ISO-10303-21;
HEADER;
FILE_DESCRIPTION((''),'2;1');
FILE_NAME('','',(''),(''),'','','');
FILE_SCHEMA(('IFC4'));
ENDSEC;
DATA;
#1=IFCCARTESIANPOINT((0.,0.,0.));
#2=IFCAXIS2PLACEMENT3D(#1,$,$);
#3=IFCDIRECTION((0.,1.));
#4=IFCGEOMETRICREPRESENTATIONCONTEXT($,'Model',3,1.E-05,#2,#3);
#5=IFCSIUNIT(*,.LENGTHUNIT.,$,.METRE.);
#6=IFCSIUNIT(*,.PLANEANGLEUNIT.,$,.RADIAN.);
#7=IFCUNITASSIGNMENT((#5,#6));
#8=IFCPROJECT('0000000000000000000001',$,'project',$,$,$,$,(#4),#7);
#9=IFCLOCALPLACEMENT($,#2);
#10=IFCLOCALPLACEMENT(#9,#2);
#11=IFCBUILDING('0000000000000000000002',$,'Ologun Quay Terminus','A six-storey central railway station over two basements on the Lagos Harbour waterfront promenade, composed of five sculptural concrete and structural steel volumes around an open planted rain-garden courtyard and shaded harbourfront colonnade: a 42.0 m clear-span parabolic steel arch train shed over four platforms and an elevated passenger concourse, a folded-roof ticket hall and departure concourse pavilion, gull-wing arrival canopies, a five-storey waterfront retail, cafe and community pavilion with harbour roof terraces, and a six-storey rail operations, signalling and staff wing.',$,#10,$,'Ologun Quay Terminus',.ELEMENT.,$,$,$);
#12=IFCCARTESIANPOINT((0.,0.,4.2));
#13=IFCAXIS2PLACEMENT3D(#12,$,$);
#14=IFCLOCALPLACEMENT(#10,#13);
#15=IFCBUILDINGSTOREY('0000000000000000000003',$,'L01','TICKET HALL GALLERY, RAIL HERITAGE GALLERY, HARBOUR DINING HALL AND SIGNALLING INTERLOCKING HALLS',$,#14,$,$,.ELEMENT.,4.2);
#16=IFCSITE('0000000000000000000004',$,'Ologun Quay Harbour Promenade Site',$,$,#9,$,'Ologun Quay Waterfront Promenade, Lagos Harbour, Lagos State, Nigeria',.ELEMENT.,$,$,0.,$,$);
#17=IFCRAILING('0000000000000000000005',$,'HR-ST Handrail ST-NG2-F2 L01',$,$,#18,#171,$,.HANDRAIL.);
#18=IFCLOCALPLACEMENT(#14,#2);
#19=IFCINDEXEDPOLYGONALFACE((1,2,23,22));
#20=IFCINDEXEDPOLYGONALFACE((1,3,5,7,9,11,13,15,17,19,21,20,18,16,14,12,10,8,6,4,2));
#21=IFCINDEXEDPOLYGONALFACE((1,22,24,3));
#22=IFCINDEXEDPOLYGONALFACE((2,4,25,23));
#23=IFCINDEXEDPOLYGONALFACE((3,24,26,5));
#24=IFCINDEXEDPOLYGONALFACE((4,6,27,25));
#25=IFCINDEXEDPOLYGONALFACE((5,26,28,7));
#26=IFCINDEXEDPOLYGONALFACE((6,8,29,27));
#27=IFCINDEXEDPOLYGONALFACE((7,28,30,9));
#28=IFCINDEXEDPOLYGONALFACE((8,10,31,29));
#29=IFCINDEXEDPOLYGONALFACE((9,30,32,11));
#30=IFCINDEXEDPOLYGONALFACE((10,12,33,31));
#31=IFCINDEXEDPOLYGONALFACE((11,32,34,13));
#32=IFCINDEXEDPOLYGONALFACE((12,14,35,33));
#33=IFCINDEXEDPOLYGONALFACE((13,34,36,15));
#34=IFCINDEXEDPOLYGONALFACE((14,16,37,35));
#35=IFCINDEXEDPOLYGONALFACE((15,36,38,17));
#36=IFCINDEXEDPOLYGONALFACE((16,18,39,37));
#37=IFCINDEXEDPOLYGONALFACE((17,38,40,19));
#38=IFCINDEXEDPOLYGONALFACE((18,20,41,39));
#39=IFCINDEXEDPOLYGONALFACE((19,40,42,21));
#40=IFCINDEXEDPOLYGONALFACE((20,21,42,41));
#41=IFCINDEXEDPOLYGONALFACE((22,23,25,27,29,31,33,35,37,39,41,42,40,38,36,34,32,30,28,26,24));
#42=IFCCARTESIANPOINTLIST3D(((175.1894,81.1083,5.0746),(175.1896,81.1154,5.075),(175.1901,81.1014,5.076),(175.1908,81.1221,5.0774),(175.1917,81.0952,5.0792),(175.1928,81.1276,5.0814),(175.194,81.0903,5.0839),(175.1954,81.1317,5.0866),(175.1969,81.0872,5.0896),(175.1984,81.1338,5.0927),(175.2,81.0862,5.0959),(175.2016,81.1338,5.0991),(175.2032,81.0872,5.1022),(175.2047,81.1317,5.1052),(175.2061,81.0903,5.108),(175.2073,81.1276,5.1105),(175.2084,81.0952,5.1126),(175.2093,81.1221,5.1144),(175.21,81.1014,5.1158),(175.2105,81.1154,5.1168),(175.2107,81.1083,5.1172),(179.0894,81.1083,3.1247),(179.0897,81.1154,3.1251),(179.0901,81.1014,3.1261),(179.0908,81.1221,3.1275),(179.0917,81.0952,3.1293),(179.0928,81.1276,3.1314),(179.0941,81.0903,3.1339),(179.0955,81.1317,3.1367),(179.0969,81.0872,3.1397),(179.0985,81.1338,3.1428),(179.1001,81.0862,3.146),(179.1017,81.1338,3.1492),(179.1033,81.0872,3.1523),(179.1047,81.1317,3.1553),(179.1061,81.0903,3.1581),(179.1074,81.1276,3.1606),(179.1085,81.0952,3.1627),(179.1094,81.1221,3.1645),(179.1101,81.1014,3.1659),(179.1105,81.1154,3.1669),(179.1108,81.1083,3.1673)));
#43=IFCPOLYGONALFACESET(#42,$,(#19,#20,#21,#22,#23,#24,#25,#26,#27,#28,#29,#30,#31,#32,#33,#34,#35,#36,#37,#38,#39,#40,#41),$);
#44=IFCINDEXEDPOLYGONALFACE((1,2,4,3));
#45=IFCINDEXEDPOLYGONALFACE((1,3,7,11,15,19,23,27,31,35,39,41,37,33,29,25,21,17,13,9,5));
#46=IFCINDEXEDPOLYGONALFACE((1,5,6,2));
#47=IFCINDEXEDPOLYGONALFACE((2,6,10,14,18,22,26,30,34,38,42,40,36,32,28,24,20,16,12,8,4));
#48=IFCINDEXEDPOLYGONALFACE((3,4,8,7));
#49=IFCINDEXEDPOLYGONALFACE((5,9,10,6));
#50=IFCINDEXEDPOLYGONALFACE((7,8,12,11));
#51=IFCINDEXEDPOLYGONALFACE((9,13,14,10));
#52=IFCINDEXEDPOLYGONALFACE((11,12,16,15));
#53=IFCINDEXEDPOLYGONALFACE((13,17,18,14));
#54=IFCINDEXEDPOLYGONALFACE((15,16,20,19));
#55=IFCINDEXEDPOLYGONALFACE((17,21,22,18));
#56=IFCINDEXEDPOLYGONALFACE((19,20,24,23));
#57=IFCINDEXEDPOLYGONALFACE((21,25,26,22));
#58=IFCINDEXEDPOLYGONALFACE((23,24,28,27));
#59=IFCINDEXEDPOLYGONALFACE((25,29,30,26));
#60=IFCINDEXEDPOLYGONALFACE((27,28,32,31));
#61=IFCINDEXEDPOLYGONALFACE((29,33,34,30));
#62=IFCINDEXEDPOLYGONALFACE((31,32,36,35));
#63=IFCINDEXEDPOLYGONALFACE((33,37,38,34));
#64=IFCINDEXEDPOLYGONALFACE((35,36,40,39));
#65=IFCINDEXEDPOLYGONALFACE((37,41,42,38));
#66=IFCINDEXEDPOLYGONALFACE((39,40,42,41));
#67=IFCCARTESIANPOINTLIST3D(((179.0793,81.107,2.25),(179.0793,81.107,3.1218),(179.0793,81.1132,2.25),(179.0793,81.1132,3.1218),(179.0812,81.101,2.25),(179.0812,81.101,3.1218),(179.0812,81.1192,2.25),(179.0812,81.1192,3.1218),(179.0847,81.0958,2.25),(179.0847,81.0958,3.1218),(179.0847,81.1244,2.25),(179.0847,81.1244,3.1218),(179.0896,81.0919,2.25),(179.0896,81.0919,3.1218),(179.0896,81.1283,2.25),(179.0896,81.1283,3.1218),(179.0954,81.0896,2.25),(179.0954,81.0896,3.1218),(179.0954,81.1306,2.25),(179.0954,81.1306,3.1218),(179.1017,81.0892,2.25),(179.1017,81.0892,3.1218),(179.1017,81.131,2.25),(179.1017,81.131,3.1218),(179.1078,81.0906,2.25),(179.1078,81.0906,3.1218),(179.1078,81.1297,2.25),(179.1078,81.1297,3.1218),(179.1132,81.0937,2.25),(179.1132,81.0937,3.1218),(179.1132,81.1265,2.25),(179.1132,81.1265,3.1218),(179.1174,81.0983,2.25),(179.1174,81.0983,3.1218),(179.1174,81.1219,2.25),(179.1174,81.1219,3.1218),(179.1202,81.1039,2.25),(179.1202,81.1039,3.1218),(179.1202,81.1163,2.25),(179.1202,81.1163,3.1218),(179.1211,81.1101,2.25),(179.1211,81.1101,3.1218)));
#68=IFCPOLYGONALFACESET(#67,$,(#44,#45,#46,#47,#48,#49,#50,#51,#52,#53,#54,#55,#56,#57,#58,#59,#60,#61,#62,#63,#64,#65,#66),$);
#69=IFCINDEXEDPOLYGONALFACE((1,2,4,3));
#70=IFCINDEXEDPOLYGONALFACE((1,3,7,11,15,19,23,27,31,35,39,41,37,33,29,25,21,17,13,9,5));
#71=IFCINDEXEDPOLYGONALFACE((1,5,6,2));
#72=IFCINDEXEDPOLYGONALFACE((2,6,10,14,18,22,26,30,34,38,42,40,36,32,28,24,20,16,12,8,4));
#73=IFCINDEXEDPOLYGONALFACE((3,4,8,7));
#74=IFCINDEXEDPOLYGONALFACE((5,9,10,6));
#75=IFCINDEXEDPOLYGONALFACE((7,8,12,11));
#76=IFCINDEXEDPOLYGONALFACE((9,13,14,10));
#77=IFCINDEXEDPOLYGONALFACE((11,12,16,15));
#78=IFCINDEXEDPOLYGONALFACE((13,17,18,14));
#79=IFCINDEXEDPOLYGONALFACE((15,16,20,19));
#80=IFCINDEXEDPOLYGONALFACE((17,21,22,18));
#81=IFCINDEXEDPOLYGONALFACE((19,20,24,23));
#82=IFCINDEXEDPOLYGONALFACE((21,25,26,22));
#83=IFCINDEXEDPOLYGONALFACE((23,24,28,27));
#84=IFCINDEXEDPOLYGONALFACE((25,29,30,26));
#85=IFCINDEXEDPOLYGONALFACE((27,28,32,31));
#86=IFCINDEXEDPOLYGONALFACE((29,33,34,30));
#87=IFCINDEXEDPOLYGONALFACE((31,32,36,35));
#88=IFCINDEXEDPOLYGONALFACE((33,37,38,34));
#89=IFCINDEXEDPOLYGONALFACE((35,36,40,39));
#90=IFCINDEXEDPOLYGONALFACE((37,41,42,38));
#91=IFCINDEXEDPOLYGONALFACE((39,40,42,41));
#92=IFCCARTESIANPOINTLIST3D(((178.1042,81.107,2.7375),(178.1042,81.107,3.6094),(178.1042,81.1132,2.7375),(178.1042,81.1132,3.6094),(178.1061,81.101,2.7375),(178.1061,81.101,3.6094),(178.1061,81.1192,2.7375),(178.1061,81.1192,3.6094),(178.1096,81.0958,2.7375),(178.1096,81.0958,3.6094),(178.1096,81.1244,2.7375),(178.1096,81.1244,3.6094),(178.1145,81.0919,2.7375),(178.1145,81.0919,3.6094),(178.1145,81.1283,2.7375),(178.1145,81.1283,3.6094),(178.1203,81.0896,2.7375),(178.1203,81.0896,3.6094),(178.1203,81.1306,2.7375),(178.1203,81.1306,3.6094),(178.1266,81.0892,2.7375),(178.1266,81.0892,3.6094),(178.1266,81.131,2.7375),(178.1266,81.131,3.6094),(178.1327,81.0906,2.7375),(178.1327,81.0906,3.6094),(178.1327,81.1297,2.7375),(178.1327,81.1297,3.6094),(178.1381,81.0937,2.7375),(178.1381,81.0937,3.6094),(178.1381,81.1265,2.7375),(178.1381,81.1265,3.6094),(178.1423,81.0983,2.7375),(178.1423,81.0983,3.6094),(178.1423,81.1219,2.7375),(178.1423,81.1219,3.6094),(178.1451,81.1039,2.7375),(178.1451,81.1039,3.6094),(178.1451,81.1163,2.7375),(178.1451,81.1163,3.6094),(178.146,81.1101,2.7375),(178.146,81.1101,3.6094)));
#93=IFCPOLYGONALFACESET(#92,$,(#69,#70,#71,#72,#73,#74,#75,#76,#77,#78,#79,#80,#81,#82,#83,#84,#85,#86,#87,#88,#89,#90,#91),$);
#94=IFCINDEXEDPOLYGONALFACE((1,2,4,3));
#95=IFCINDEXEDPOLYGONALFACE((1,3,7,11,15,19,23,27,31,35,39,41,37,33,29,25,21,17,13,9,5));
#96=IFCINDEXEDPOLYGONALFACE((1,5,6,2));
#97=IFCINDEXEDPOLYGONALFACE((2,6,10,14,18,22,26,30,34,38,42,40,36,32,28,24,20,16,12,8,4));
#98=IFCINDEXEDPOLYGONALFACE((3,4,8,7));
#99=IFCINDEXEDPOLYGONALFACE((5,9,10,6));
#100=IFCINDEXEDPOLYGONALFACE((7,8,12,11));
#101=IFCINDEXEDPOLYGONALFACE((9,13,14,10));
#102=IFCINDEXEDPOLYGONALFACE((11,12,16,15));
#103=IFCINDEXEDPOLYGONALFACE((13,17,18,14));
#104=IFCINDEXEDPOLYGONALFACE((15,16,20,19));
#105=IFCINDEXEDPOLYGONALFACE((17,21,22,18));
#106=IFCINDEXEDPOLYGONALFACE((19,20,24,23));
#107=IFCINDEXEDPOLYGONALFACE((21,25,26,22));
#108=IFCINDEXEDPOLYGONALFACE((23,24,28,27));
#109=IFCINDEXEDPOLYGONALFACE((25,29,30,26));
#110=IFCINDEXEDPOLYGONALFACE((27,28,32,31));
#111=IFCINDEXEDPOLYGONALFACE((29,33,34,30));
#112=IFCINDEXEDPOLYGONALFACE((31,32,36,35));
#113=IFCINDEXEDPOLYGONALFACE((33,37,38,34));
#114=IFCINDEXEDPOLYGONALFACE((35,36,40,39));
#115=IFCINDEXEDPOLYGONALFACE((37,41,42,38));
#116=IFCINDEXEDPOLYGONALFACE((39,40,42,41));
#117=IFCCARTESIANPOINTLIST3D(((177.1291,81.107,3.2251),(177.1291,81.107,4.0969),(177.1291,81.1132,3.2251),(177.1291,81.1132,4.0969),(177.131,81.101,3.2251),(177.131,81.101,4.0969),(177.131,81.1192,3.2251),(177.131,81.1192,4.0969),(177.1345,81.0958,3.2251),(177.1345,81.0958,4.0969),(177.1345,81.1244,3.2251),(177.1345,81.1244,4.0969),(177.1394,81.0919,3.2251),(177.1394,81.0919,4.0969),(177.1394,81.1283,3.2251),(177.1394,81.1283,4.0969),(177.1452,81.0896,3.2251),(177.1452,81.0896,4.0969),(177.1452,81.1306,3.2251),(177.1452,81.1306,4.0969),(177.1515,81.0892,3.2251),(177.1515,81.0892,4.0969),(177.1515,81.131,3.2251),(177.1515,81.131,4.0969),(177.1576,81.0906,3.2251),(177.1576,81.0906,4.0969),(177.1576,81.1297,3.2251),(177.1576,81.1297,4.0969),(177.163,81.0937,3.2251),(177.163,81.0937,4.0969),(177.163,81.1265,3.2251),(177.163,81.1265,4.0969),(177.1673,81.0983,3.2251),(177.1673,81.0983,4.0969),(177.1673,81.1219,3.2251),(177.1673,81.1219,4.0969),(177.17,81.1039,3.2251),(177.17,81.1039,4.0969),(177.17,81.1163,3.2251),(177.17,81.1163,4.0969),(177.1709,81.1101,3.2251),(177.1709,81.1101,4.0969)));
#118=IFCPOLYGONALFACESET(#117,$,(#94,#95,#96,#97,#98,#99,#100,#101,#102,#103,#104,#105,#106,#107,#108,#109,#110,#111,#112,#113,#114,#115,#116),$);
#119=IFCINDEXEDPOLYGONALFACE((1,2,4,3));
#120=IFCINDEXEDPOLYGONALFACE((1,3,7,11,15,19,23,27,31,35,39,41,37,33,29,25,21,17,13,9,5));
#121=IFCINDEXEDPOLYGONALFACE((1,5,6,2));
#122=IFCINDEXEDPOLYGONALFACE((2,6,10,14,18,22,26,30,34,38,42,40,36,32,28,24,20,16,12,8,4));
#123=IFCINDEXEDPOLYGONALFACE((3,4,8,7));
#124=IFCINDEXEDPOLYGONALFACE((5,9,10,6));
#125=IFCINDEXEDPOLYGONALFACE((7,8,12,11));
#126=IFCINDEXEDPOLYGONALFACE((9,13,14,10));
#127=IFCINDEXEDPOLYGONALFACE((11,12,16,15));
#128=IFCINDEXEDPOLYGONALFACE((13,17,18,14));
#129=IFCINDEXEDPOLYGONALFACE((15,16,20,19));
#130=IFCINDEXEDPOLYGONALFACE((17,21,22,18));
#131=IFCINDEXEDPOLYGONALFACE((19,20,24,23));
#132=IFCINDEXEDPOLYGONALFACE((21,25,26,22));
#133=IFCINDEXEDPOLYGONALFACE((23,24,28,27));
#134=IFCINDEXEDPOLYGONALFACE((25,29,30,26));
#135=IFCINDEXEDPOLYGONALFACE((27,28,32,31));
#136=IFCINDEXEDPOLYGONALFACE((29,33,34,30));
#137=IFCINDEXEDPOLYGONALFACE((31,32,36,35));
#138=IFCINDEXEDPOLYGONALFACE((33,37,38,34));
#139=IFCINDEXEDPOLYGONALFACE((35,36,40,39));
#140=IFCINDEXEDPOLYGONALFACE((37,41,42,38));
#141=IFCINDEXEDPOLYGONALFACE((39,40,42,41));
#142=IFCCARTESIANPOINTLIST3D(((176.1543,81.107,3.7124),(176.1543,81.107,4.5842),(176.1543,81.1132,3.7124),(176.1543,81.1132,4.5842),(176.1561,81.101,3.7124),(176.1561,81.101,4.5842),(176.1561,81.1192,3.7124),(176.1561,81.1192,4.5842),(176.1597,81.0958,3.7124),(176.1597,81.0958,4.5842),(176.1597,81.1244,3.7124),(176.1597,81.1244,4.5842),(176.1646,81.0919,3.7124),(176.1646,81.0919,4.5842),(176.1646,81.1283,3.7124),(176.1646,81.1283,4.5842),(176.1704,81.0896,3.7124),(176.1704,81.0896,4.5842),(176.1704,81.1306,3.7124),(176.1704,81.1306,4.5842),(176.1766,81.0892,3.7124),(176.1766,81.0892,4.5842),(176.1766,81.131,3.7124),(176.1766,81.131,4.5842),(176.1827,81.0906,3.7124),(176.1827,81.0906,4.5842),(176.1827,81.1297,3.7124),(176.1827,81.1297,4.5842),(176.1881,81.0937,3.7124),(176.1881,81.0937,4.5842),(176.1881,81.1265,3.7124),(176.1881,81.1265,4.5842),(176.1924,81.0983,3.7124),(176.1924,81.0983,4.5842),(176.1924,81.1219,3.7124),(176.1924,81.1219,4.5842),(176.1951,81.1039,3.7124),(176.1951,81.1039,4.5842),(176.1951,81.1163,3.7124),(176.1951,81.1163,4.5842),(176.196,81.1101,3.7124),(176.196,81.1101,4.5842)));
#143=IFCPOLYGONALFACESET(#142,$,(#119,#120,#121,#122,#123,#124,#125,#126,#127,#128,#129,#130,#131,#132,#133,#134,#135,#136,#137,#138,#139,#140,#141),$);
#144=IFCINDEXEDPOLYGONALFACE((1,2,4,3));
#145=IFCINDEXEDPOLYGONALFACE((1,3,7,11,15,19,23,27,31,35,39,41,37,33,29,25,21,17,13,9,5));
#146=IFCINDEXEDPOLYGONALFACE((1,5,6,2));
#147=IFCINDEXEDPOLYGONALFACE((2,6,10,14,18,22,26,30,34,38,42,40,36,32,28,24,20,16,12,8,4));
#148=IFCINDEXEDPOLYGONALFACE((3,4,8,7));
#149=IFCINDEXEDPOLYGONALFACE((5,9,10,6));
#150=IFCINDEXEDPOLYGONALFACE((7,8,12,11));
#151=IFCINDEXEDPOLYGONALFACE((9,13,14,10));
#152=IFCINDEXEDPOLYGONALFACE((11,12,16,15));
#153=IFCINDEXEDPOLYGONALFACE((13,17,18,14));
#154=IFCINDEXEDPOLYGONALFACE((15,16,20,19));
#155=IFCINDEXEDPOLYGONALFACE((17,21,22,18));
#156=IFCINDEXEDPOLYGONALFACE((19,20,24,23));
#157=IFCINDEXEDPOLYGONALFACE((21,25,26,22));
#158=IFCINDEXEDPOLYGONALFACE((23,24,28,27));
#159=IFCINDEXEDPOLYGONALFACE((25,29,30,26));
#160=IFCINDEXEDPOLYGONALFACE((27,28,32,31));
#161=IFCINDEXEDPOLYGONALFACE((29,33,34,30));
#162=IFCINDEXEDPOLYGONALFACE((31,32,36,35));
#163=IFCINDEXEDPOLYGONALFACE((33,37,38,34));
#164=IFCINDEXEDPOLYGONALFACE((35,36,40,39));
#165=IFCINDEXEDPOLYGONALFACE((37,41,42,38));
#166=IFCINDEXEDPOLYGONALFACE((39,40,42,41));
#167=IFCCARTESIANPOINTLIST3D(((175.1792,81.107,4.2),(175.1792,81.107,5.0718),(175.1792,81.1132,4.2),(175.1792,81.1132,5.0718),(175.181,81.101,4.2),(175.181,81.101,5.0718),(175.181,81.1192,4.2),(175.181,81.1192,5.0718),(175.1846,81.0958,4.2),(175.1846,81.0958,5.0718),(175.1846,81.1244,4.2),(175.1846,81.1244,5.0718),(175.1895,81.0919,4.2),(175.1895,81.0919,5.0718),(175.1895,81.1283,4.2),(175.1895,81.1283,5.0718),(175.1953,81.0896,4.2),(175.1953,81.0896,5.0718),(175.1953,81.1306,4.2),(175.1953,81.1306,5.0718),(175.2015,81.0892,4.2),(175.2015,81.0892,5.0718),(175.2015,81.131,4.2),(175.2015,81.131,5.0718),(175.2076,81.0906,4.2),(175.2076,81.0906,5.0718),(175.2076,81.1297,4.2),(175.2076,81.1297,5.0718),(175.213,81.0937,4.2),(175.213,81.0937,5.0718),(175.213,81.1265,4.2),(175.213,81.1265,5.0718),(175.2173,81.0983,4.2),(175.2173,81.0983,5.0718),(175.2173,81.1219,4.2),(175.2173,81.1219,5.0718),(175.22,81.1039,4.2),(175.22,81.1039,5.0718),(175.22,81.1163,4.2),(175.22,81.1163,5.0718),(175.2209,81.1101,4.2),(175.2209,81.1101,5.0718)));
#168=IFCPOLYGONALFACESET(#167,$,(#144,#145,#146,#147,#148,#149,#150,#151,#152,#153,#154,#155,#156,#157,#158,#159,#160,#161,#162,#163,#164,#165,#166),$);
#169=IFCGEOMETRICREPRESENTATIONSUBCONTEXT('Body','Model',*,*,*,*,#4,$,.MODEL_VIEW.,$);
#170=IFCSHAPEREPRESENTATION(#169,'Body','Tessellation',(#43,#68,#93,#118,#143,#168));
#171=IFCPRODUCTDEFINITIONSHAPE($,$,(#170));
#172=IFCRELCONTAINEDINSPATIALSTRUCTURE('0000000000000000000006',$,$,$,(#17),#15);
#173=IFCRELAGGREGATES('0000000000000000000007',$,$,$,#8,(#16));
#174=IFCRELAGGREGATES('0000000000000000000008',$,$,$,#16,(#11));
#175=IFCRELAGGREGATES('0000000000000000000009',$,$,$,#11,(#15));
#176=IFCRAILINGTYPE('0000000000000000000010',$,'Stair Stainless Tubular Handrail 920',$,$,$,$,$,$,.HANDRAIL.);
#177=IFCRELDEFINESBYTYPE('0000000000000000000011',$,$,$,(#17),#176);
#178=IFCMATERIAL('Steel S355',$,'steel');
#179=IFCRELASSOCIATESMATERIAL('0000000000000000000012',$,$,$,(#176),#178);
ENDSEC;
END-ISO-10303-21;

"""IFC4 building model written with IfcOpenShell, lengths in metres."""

from ifc_helpers import new_model, si_unit, direction, frame, origin, origin_2d, place, context, subcontext, project, spatial, circle, extrude, material, type_object, element, save


model = new_model("IFC4")

# Units and contexts
model_context = context("Model", 3, precision=1e-05, world=origin(), true_north=direction((0.0, 1.0)))
body_context = subcontext(model_context, "Body", "Model", "MODEL_VIEW")
ifc_project = project(units=[si_unit("LENGTHUNIT", "METRE"), si_unit("PLANEANGLEUNIT", "RADIAN")], contexts=[model_context])

# Site, building, storey
site_placement = place(None, origin())
site = spatial("IfcSite", under=ifc_project, at=site_placement, Name="Ologun Quay Harbour Promenade Site", LongName="Ologun Quay Waterfront Promenade, Lagos Harbour, Lagos State, Nigeria", CompositionType="ELEMENT", RefElevation=0.0)
building_placement = place(site_placement, origin())
building = spatial("IfcBuilding", under=site, at=building_placement, Name="Ologun Quay Terminus", Description="A six-storey central railway station over two basements on the Lagos Harbour waterfront promenade, composed of five sculptural concrete and structural steel volumes around an open planted rain-garden courtyard and shaded harbourfront colonnade: a 42.0 m clear-span parabolic steel arch train shed over four platforms and an elevated passenger concourse, a folded-roof ticket hall and departure concourse pavilion, gull-wing arrival canopies, a five-storey waterfront retail, cafe and community pavilion with harbour roof terraces, and a six-storey rail operations, signalling and staff wing.", LongName="Ologun Quay Terminus", CompositionType="ELEMENT")
storey_placement = place(building_placement, frame((0.0, 0.0, 4.2)))
storey = spatial("IfcBuildingStorey", under=building, at=storey_placement, Name="L01", Description="TICKET HALL GALLERY, RAIL HERITAGE GALLERY, HARBOUR DINING HALL AND SIGNALLING INTERLOCKING HALLS", CompositionType="ELEMENT", Elevation=4.2)

# Railing
ifc_material_1 = material(Name="Steel S355", Category="steel")
railing_type_1 = type_object("IfcRailingType", Name="Stair Stainless Tubular Handrail 920", PredefinedType="HANDRAIL", material=ifc_material_1)
railing_1_placement = place(storey_placement, frame((179.1001, 81.1101, 2.25)))
element("IfcRailing", 1, at=railing_1_placement, inside=storey, type_object=railing_type_1, Name="HR-ST Handrail ST-NG2-F2 L01", PredefinedType="HANDRAIL", context=body_context, shape_type="SweptSolid", body=[
    extrude(circle(Radius=0.0239, at=origin_2d()), frame((0.0, 0.0, 0.896), z_axis=(-0.894438, 0.0, 0.447191), x_axis=(0.0, -1.0, 0.0)), (0.0, 0.0, 1.0), 4.3604),
    extrude(circle(Radius=0.021, at=origin_2d()), origin(), (0.0, 0.0, 1.0), 0.8718),
    extrude(circle(Radius=0.021, at=origin_2d()), frame((-0.9751, 0.0, 0.4875)), (0.0, 0.0, 1.0), 0.8718),
    extrude(circle(Radius=0.021, at=origin_2d()), frame((-1.9502, 0.0, 0.9751)), (0.0, 0.0, 1.0), 0.8718),
    extrude(circle(Radius=0.021, at=origin_2d()), frame((-2.925, 0.0, 1.4624)), (0.0, 0.0, 1.0), 0.8718),
    extrude(circle(Radius=0.021, at=origin_2d()), frame((-3.9001, 0.0, 1.95)), (0.0, 0.0, 1.0), 0.8718),
])

save(model, "model.ifc")
